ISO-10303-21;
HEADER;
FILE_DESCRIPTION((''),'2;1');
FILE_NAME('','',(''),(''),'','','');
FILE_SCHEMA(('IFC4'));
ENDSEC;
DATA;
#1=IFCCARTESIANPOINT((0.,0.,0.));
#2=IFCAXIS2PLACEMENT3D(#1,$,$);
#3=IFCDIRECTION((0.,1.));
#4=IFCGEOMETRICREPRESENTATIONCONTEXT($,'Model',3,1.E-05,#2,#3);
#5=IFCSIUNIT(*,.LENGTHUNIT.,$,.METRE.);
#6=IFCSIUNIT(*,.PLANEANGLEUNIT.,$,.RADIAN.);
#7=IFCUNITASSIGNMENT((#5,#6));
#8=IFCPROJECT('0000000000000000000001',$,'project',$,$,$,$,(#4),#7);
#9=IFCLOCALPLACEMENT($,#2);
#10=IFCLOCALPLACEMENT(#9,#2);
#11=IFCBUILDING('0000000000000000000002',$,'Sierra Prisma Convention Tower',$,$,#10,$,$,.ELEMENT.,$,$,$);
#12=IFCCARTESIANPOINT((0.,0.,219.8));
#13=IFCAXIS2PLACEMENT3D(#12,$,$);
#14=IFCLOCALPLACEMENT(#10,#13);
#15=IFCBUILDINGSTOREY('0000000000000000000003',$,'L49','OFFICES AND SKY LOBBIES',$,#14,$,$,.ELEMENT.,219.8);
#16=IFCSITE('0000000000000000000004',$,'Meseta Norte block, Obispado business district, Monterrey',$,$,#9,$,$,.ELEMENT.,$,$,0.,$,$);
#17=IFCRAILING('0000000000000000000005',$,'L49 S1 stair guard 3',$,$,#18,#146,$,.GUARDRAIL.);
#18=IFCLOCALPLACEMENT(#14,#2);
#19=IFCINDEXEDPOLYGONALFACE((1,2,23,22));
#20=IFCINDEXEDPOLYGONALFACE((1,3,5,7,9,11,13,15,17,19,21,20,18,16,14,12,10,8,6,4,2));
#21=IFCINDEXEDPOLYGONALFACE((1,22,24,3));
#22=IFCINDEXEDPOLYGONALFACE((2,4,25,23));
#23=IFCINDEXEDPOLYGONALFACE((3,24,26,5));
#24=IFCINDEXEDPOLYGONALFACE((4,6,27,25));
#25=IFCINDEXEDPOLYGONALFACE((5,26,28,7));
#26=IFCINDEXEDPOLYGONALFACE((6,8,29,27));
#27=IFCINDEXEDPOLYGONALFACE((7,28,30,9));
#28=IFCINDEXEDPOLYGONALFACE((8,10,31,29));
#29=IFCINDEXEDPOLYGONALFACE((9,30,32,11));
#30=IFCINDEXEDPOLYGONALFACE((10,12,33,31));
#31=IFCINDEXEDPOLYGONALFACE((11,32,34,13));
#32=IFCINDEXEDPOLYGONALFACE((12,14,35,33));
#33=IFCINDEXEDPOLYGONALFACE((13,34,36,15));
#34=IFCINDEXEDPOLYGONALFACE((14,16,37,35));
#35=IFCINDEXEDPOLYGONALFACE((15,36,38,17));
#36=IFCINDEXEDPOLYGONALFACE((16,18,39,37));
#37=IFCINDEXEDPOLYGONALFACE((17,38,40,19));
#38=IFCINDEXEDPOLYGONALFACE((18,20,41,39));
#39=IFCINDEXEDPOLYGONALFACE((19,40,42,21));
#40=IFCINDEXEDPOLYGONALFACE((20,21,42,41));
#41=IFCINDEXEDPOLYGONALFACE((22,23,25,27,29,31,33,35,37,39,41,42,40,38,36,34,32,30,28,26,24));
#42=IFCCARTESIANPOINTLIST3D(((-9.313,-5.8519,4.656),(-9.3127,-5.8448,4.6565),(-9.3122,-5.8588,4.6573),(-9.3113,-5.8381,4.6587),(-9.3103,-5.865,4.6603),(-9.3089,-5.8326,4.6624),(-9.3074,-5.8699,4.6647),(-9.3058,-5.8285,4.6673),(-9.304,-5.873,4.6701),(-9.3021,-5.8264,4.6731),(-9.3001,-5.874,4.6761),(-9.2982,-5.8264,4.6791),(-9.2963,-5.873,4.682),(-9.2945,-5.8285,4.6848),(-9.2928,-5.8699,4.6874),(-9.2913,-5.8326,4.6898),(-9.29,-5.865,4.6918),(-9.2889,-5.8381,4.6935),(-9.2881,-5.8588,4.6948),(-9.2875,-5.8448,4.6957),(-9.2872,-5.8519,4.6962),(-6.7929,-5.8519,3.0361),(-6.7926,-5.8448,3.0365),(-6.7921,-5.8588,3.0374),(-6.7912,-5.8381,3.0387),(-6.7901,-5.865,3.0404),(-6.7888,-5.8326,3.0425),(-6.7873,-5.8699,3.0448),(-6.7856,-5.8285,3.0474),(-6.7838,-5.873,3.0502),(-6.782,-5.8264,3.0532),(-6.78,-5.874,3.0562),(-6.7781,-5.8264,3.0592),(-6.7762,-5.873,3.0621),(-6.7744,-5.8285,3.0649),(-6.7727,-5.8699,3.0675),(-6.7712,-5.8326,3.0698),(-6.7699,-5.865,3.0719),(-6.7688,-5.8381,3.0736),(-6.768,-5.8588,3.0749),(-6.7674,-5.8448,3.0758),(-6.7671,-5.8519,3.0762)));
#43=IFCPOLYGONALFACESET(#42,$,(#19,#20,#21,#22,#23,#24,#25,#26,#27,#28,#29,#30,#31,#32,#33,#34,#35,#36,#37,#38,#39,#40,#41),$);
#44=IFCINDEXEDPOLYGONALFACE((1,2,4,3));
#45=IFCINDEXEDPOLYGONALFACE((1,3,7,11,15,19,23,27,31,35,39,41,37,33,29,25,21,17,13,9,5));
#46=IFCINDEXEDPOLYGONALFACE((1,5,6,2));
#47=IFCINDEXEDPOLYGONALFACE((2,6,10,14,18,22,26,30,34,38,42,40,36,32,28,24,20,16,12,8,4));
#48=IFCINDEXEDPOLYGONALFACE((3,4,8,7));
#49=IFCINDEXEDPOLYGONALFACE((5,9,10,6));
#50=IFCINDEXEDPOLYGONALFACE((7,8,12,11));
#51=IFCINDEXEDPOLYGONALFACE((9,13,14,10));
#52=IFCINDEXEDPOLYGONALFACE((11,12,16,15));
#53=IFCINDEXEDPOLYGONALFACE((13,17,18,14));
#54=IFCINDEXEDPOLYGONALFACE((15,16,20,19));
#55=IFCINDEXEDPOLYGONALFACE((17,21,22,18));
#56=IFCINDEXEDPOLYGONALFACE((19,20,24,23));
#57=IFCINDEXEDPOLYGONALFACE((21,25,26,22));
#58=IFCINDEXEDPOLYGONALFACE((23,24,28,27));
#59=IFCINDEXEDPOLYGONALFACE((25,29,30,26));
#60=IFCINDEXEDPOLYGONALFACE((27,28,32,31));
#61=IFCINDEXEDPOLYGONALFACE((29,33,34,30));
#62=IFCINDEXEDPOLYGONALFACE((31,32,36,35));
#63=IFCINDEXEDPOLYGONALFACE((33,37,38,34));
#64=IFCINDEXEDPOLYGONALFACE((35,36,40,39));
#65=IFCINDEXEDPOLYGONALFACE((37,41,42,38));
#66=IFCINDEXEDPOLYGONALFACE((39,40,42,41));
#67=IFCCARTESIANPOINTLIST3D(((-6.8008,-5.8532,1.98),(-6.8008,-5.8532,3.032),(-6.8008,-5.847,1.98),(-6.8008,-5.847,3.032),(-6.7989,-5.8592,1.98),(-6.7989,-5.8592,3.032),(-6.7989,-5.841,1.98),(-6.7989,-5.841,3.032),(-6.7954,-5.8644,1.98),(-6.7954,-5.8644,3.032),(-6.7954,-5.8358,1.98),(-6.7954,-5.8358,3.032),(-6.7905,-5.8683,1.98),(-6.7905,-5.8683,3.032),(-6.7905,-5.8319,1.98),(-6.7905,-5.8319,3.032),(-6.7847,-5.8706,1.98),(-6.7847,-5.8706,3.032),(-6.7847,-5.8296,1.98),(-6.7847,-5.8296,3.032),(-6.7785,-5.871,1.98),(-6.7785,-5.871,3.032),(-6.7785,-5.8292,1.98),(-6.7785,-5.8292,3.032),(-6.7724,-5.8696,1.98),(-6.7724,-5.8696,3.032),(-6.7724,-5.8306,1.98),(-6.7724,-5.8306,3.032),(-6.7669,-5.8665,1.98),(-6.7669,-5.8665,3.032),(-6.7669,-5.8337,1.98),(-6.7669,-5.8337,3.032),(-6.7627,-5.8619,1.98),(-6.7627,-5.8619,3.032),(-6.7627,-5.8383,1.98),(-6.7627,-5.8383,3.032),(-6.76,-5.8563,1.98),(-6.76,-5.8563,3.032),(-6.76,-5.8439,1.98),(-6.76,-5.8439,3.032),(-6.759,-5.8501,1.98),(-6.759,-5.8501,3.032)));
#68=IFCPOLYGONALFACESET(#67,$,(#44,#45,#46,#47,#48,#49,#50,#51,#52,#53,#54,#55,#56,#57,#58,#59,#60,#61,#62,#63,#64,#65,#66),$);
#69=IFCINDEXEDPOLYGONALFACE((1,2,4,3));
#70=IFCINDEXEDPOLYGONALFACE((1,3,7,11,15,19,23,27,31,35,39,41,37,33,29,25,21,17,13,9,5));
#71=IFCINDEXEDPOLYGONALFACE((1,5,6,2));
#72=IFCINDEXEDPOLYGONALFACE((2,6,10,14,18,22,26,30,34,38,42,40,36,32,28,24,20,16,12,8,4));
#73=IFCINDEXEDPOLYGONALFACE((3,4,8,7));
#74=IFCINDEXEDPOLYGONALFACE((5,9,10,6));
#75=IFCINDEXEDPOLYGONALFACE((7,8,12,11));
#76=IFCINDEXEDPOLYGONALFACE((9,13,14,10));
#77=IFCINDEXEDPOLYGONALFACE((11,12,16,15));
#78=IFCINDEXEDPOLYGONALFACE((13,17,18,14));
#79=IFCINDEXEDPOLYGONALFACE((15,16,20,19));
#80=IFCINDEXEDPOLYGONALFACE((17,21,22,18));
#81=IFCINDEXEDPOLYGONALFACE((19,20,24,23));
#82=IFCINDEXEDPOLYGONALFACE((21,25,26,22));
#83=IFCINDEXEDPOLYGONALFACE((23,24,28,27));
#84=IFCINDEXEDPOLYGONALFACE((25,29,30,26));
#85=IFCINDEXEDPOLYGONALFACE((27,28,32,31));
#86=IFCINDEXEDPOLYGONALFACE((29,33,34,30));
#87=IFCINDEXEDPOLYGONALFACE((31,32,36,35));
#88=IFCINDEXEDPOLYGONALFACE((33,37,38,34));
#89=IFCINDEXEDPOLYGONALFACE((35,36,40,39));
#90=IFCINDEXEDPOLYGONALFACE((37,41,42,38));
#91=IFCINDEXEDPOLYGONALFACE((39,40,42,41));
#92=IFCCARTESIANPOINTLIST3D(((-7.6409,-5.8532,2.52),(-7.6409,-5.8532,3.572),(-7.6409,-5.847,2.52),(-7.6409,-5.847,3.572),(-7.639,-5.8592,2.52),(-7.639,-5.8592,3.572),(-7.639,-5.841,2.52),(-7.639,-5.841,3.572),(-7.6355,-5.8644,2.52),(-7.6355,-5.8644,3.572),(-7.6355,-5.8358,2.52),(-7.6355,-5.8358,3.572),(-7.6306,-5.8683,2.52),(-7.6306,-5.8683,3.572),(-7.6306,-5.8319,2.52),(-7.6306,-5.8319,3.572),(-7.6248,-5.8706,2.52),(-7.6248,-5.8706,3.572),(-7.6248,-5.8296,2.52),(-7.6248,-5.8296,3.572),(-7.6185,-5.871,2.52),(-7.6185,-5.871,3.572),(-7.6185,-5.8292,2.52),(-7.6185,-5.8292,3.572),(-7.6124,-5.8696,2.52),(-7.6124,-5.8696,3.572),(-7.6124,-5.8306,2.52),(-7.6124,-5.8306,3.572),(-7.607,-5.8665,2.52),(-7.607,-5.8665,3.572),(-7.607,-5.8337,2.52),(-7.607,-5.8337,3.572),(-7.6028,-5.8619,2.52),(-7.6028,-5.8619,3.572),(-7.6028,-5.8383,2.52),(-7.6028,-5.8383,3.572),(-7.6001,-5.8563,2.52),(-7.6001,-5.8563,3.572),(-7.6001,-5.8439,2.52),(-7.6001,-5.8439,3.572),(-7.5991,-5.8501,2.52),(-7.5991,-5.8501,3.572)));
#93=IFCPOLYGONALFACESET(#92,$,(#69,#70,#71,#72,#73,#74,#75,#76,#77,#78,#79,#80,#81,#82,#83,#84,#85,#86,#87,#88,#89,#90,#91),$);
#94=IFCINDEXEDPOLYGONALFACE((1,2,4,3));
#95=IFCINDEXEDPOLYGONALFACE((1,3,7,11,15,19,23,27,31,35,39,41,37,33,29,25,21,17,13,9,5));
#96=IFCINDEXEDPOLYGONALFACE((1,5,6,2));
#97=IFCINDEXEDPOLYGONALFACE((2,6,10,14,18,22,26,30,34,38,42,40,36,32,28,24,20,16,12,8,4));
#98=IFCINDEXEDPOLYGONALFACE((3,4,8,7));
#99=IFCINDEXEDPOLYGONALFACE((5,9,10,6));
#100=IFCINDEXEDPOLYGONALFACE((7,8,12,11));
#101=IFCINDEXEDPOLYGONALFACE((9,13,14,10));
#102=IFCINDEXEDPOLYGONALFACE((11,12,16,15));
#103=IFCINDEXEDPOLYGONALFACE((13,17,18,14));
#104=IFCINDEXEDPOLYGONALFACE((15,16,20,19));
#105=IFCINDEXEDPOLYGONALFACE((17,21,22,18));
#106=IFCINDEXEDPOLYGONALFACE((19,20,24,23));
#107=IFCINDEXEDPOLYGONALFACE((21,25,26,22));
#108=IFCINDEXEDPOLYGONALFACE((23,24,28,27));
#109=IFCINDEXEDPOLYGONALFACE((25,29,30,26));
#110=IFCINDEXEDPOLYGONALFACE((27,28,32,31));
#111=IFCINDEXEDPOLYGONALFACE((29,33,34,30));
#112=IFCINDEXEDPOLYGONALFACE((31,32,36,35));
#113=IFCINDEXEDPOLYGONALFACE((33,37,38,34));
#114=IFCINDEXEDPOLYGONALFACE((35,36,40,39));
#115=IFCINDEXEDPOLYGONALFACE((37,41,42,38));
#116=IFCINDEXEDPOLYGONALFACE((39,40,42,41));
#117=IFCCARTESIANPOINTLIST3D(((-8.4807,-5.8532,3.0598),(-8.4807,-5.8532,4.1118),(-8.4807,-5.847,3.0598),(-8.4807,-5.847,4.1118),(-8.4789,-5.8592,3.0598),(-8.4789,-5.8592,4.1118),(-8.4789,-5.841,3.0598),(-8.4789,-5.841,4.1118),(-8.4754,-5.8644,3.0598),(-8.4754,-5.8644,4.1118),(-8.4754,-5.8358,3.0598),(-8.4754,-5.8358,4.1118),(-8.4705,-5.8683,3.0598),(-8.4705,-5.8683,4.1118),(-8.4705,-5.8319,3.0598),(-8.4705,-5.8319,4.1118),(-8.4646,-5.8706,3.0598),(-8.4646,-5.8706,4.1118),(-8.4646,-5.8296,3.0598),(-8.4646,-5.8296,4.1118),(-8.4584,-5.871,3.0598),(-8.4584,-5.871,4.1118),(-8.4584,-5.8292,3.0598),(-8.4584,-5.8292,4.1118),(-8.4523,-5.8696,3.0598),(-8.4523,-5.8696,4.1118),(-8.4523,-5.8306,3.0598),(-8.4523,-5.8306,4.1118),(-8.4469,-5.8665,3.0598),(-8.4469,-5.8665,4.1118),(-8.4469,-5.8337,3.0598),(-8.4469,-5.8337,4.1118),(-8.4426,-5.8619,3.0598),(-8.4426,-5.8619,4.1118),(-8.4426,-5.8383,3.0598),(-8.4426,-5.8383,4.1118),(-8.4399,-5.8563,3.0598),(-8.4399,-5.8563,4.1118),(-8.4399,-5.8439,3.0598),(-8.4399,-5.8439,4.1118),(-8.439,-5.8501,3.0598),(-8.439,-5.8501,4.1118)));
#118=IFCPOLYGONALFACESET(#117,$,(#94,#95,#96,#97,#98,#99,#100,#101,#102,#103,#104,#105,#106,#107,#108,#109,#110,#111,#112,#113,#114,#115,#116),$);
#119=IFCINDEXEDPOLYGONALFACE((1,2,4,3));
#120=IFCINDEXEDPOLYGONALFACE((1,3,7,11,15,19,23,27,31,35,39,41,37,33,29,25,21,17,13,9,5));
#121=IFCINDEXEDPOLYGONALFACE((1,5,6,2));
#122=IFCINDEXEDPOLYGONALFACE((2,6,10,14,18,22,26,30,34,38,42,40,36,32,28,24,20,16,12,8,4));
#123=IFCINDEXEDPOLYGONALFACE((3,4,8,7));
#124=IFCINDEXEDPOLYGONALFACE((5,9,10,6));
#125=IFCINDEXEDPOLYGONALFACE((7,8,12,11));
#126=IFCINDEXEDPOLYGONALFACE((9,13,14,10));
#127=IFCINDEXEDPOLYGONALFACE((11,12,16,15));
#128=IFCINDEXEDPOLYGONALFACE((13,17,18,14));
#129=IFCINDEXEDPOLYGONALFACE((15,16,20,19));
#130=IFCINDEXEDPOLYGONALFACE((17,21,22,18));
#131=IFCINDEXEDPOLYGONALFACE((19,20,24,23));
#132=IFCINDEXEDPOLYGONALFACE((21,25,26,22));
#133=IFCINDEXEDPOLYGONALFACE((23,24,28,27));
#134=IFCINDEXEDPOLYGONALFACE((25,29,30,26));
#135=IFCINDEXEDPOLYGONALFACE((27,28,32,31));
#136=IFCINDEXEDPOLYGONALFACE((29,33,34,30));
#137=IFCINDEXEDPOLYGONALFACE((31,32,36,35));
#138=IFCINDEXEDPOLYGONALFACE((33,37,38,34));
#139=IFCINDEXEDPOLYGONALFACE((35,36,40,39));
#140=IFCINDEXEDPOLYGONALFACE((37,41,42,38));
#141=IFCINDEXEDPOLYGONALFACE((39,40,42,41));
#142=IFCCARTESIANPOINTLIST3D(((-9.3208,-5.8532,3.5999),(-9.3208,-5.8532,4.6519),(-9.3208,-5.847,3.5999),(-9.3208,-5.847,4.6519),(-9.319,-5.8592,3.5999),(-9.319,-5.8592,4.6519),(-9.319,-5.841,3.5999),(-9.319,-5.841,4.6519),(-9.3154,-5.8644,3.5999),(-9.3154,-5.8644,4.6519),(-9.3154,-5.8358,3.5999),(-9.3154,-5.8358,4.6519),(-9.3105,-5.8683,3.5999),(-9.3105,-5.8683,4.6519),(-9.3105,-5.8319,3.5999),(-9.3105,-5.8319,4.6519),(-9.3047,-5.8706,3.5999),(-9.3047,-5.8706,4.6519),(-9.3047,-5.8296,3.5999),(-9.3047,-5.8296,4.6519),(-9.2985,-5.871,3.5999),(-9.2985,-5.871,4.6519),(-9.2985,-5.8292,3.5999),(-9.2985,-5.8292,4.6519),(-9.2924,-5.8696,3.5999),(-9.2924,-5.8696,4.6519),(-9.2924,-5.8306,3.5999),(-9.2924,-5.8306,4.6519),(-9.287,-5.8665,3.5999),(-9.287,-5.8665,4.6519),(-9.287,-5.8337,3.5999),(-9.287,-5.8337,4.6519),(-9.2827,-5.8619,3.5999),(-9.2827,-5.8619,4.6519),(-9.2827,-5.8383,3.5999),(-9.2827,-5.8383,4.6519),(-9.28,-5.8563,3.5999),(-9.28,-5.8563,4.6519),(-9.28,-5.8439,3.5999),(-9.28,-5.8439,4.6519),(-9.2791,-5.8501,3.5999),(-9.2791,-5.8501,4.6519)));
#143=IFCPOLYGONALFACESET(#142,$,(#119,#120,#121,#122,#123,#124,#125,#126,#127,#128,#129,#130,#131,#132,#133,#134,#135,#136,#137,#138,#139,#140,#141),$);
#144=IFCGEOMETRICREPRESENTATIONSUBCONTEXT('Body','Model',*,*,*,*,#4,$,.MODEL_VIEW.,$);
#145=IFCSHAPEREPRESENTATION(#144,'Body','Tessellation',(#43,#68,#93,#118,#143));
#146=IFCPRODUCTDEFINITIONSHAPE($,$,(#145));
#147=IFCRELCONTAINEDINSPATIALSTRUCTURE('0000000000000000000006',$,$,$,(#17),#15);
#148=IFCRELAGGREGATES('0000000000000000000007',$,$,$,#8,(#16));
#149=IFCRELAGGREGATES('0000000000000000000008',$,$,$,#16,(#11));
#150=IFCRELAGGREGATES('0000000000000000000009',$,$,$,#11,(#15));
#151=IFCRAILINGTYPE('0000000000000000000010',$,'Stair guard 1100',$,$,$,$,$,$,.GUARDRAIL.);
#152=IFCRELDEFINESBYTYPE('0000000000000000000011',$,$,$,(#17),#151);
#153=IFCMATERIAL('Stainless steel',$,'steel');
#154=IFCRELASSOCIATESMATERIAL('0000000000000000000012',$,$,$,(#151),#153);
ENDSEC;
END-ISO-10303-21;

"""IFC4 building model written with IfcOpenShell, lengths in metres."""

from ifc_helpers import new_model, si_unit, direction, frame, origin, origin_2d, place, context, subcontext, project, spatial, circle, extrude, material, type_object, element, save


model = new_model("IFC4")

# Units and contexts
model_context = context("Model", 3, precision=1e-05, world=origin(), true_north=direction((0.0, 1.0)))
body_context = subcontext(model_context, "Body", "Model", "MODEL_VIEW")
ifc_project = project(units=[si_unit("LENGTHUNIT", "METRE"), si_unit("PLANEANGLEUNIT", "RADIAN")], contexts=[model_context])

# Site, building, storey
site_placement = place(None, origin())
site = spatial("IfcSite", under=ifc_project, at=site_placement, Name="Meseta Norte block, Obispado business district, Monterrey", CompositionType="ELEMENT", RefElevation=0.0)
building_placement = place(site_placement, origin())
building = spatial("IfcBuilding", under=site, at=building_placement, Name="Sierra Prisma Convention Tower", CompositionType="ELEMENT")
storey_placement = place(building_placement, frame((0.0, 0.0, 219.8)))
storey = spatial("IfcBuildingStorey", under=building, at=storey_placement, Name="L49", Description="OFFICES AND SKY LOBBIES", CompositionType="ELEMENT", Elevation=219.8)

# Railing
ifc_material_1 = material(Name="Stainless steel", Category="steel")
railing_type_1 = type_object("IfcRailingType", Name="Stair guard 1100", PredefinedType="GUARDRAIL", material=ifc_material_1)
railing_1_placement = place(storey_placement, frame((-6.78, -5.8501, 1.98)))
element("IfcRailing", 1, at=railing_1_placement, inside=storey, type_object=railing_type_1, Name="L49 S1 stair guard 3", PredefinedType="GUARDRAIL", context=body_context, shape_type="SweptSolid", body=[
    extrude(circle(Radius=0.0239, at=origin_2d()), frame((0.0, 0.0, 1.0762), z_axis=(-0.8412, 0.0, 0.540725), x_axis=(0.0, -1.0, 0.0)), (0.0, 0.0, 1.0), 2.9958),
    extrude(circle(Radius=0.021, at=origin_2d()), origin(), (0.0, 0.0, 1.0), 1.052),
    extrude(circle(Radius=0.021, at=origin_2d()), frame((-0.8401, 0.0, 0.54)), (0.0, 0.0, 1.0), 1.052),
    extrude(circle(Radius=0.021, at=origin_2d()), frame((-1.6799, 0.0, 1.0798)), (0.0, 0.0, 1.0), 1.052),
    extrude(circle(Radius=0.021, at=origin_2d()), frame((-2.52, 0.0, 1.6199)), (0.0, 0.0, 1.0), 1.052),
])

save(model, "model.ifc")
